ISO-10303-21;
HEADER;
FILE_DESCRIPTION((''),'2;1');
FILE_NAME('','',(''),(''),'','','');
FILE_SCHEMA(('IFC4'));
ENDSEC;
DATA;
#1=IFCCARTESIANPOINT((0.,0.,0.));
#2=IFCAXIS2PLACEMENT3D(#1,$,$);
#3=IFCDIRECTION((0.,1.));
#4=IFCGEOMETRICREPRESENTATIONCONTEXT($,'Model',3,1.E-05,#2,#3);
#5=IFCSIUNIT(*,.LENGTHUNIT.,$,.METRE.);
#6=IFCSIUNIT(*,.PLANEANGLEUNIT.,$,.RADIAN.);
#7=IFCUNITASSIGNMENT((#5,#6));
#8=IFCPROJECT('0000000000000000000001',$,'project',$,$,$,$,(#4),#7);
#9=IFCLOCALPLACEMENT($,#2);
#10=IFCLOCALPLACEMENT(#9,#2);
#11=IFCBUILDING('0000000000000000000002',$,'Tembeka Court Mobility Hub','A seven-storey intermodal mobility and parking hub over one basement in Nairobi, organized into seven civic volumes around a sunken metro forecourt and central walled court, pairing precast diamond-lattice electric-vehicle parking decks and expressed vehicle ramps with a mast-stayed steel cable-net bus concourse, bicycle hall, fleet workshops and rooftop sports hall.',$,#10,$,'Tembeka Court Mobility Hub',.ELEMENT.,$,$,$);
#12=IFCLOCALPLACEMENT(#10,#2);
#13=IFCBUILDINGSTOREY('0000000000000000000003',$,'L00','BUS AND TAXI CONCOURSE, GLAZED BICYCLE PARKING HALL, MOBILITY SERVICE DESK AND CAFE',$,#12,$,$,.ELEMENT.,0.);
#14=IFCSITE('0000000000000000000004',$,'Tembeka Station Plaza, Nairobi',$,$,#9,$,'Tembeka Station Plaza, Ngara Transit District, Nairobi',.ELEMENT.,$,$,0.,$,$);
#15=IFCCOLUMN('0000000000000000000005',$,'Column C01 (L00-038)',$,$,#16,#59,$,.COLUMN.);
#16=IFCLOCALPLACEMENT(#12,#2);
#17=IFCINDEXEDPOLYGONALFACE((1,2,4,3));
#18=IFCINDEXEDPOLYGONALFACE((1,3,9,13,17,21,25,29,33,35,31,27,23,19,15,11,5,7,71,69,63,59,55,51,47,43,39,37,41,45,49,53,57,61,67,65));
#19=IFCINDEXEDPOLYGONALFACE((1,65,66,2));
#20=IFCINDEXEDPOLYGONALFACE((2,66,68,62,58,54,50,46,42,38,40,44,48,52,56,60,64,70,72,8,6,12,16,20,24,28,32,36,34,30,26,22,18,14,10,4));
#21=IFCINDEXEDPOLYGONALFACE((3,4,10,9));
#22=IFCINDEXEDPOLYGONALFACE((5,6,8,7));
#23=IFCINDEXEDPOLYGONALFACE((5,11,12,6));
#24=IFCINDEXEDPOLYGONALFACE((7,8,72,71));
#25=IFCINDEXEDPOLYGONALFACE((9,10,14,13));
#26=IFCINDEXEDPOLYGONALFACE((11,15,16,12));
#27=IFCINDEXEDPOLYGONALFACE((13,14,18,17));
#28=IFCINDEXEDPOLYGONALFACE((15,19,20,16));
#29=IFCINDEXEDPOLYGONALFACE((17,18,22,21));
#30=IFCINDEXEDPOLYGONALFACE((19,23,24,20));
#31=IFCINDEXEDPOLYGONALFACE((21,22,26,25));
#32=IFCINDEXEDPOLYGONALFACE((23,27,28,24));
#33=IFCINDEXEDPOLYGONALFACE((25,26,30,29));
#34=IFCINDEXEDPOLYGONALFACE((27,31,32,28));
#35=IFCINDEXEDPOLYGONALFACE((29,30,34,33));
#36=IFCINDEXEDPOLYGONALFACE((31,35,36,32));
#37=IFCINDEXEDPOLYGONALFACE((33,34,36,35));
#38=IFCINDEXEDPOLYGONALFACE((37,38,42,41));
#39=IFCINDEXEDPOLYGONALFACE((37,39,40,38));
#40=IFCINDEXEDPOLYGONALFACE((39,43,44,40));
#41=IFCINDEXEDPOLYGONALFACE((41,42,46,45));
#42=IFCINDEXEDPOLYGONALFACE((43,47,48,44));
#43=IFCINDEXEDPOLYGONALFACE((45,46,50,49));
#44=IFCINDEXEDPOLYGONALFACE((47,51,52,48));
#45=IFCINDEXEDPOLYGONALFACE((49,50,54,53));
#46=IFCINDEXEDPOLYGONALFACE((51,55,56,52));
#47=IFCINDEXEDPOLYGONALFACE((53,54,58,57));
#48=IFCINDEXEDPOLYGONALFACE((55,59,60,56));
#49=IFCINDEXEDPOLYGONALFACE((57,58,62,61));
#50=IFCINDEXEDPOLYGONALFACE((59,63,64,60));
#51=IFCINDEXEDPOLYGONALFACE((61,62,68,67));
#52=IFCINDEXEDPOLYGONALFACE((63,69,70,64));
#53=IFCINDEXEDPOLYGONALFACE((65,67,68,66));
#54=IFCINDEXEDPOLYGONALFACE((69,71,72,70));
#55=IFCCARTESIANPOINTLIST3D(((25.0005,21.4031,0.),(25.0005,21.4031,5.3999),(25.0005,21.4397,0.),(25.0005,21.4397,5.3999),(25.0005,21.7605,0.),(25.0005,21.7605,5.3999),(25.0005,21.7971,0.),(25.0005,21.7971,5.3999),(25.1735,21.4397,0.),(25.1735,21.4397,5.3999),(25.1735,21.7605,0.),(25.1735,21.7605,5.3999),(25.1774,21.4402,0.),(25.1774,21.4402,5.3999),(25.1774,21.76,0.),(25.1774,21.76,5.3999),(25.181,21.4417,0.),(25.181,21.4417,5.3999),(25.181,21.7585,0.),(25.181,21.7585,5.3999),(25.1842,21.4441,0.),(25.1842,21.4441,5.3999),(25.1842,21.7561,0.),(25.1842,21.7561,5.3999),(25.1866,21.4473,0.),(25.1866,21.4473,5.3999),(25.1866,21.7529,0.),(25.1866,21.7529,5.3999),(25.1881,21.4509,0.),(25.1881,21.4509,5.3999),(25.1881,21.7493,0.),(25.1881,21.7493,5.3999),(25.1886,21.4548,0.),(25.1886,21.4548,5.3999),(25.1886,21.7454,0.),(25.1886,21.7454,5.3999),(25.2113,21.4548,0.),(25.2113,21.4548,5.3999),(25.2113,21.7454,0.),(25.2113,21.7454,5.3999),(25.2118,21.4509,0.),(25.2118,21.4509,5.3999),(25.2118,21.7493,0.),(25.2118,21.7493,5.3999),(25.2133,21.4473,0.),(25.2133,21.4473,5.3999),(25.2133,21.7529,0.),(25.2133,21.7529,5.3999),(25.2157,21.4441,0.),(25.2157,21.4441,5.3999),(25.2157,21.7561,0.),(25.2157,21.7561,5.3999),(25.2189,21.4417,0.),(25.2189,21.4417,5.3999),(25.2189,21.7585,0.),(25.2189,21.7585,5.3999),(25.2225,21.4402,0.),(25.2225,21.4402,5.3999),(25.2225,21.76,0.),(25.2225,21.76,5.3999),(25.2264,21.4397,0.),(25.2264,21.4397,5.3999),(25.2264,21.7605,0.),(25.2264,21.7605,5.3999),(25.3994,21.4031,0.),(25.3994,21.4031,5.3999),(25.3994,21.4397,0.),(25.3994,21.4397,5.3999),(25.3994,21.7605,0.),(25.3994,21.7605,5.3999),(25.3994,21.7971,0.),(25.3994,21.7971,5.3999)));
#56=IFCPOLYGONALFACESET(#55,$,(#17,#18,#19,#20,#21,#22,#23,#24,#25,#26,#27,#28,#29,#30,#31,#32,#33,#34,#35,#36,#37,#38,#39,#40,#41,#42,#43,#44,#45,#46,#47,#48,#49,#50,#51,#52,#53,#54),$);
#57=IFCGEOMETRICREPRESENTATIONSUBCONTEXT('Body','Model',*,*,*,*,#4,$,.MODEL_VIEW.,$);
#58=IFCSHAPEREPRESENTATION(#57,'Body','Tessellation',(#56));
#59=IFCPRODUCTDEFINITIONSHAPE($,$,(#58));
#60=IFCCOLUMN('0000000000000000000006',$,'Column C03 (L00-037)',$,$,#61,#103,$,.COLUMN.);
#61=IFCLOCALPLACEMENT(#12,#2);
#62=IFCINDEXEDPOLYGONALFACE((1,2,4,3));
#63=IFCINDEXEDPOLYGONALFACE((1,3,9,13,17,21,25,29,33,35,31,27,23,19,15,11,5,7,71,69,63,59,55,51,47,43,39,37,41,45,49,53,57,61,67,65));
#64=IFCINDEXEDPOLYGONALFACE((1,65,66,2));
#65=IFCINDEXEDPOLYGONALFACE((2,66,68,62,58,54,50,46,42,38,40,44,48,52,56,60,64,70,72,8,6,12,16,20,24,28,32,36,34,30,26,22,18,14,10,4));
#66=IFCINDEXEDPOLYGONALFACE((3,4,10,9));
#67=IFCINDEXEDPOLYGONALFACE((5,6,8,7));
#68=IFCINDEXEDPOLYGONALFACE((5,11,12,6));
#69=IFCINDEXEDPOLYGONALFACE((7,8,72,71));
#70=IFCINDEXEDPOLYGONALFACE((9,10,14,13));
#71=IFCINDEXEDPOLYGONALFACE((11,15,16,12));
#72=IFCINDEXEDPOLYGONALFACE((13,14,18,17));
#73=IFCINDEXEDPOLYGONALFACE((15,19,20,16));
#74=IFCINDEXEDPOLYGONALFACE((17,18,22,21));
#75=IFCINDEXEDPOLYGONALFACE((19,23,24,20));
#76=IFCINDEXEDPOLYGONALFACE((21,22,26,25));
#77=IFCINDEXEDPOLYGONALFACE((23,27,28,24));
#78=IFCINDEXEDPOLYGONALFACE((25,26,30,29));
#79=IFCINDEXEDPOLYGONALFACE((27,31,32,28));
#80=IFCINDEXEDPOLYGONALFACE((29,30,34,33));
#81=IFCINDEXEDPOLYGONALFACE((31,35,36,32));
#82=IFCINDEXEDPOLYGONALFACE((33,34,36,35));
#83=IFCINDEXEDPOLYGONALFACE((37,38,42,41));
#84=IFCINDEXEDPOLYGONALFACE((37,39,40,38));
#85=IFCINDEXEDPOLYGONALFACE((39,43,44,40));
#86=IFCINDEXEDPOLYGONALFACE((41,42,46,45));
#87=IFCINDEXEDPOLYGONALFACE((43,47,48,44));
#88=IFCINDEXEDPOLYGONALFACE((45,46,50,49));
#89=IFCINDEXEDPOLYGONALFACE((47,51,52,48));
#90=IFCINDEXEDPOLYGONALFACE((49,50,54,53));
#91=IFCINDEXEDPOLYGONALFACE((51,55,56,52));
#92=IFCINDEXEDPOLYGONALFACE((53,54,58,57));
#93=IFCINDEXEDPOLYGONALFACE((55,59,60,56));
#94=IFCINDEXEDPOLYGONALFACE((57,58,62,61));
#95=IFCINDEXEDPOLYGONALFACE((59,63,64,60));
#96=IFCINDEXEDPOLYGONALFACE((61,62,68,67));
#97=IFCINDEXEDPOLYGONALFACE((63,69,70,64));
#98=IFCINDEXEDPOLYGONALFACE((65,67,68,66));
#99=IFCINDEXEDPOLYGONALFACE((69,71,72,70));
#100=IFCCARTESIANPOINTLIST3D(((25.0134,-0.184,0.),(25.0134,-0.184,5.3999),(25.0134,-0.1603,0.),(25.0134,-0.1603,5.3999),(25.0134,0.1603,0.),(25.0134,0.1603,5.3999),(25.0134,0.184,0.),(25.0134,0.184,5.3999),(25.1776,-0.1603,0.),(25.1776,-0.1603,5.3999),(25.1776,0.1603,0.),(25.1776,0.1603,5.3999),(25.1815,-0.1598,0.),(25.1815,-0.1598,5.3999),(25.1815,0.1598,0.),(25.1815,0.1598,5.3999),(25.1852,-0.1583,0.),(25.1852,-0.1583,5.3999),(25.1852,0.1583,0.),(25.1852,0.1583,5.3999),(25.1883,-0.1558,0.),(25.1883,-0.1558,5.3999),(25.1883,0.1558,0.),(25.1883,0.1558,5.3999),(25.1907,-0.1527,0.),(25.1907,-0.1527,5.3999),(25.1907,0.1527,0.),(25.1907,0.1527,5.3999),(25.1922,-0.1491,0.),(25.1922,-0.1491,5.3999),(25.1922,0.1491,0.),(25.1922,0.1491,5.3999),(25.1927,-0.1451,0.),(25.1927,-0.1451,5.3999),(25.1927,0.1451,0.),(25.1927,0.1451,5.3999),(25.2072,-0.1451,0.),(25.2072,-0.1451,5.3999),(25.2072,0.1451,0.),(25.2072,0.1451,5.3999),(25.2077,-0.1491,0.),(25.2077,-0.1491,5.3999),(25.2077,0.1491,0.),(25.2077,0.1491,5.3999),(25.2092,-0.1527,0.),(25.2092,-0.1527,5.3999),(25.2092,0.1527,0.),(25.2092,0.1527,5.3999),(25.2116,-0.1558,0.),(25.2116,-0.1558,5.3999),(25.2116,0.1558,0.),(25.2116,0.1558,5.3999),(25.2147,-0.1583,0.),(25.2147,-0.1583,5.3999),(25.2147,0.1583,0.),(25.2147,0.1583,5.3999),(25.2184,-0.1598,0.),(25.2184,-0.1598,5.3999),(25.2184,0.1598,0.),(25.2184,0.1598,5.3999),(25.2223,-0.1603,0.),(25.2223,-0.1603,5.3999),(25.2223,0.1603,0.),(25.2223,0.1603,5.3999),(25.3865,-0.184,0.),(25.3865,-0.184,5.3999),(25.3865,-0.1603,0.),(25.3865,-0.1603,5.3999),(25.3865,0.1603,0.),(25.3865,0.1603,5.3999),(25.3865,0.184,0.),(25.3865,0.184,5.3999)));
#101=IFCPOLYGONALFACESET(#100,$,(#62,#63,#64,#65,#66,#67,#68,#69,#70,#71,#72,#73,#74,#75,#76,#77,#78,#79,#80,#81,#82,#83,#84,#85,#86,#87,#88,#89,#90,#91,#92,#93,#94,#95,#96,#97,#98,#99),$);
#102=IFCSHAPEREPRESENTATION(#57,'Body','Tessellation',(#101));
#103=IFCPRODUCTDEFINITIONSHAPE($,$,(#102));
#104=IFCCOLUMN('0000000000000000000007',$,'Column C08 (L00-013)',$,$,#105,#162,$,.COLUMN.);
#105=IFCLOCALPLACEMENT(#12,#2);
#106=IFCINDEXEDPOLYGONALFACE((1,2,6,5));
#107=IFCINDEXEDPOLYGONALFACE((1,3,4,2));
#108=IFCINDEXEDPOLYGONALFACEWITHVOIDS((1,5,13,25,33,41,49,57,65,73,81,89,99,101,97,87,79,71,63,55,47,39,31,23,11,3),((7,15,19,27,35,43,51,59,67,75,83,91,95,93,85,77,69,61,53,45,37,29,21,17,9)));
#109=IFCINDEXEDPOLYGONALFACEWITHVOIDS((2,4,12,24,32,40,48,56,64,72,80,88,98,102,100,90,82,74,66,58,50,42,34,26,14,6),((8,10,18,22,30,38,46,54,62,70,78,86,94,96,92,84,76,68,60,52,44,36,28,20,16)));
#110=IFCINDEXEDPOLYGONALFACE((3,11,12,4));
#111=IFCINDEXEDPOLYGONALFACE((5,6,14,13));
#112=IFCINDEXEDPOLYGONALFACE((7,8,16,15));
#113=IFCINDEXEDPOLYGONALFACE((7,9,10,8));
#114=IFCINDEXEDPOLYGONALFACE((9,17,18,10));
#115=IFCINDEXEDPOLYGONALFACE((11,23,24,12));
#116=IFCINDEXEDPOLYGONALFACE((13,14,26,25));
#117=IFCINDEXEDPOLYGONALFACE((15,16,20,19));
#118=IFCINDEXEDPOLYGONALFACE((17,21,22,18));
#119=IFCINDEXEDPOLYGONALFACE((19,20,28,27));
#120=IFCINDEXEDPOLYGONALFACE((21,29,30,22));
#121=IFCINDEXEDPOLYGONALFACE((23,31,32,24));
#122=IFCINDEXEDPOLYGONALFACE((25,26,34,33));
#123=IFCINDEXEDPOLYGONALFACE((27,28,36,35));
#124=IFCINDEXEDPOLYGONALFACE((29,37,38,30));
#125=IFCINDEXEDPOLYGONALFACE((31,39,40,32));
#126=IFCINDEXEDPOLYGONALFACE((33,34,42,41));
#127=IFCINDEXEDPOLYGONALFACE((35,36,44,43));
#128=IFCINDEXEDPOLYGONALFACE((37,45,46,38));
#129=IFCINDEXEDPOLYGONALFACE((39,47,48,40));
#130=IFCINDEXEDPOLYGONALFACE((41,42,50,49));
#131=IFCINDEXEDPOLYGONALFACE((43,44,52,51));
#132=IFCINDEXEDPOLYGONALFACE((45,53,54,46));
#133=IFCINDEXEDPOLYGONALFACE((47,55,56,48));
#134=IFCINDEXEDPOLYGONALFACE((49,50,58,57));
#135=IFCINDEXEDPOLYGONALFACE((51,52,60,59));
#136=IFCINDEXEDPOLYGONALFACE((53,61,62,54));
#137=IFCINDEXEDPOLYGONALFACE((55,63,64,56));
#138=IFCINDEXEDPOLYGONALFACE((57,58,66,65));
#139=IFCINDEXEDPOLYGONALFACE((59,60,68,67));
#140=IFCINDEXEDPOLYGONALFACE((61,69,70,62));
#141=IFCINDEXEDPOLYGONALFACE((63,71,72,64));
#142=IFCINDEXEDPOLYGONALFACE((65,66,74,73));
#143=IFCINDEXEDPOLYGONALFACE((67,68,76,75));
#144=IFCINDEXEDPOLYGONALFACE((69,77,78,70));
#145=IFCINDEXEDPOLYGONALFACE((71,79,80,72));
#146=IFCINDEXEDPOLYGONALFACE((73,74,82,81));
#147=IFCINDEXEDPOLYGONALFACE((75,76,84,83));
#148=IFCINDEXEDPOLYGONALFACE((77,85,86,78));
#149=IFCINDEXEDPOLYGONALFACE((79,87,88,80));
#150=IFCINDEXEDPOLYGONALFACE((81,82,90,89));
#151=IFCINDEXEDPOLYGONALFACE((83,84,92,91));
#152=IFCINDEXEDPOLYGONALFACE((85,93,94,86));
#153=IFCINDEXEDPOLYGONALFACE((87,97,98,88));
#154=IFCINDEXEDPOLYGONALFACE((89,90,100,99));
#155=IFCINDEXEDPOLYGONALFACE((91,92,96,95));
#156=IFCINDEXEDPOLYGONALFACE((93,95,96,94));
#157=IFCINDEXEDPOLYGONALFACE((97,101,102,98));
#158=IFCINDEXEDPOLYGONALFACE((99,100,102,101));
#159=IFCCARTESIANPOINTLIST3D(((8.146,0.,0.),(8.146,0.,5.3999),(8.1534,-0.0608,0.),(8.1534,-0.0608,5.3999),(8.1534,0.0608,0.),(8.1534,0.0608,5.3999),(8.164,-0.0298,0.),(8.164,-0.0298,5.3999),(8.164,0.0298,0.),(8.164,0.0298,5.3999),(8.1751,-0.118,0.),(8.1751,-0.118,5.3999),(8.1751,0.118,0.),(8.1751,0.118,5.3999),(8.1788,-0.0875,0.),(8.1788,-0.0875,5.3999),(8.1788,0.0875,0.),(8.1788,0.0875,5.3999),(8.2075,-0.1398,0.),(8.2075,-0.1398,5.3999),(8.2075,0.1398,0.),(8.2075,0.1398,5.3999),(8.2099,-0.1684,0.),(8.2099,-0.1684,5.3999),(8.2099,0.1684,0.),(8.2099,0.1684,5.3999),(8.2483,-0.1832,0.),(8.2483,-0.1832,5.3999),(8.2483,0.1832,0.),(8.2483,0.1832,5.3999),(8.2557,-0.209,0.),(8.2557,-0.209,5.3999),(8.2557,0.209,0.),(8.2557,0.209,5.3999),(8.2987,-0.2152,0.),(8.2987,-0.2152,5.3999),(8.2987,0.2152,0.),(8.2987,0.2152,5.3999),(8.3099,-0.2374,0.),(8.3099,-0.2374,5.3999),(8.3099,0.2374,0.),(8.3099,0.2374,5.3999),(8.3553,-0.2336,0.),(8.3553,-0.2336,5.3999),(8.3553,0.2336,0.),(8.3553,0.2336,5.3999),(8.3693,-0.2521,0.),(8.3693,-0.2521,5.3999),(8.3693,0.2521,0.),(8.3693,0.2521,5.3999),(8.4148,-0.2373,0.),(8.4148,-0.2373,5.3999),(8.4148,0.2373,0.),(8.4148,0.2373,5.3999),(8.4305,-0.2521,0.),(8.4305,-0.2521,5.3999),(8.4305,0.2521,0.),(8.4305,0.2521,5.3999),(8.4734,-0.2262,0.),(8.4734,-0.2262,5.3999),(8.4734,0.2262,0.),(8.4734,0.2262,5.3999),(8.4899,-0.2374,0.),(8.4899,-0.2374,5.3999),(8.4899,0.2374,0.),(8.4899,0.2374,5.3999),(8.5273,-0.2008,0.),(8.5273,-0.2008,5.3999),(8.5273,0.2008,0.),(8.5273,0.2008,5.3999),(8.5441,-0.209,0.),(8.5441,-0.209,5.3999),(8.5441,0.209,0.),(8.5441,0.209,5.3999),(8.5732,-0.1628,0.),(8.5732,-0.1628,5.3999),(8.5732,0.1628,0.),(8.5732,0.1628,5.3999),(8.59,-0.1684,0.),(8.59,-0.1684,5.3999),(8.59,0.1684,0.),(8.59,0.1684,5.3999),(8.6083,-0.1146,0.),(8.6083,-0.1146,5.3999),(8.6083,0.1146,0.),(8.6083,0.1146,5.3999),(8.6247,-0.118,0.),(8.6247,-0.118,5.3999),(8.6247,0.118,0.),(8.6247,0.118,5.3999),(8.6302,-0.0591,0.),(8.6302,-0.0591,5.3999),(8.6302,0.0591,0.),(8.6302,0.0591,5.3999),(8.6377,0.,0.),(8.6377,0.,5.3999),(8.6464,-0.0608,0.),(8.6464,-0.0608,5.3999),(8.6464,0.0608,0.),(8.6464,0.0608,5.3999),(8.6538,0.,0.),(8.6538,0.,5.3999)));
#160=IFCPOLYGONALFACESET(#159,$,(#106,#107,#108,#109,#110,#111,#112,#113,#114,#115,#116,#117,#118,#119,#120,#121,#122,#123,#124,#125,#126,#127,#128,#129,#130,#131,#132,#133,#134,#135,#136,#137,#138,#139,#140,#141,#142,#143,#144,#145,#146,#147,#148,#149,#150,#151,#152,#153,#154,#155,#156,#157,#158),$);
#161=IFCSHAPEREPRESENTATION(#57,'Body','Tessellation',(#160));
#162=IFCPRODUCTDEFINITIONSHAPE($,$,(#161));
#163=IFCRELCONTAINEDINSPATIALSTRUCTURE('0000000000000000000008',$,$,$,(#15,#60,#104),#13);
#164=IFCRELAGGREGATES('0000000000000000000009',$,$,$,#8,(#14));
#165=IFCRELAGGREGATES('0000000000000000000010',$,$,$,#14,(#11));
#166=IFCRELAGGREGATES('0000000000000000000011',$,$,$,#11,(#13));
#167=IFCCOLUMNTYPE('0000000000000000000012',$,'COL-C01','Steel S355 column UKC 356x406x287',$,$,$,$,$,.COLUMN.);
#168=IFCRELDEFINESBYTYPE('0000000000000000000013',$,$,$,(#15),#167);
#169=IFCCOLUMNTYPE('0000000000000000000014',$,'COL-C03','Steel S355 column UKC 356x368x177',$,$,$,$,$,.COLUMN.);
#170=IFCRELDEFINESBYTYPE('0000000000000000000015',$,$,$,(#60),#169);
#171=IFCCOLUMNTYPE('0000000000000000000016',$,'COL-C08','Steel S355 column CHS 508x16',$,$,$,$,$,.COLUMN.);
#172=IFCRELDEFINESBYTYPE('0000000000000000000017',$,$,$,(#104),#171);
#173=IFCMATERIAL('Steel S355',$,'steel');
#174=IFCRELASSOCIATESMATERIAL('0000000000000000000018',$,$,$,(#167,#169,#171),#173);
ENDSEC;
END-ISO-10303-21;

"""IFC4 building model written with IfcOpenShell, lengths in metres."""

from ifc_helpers import new_model, si_unit, direction, frame, origin, origin_2d, place, context, subcontext, project, spatial, hollow_circle, i_section, extrude, material, material_profile, profile_set, type_object, element, save


model = new_model("IFC4")

# Units and contexts
model_context = context("Model", 3, precision=1e-05, world=origin(), true_north=direction((0.0, 1.0)))
body_context = subcontext(model_context, "Body", "Model", "MODEL_VIEW")
ifc_project = project(units=[si_unit("LENGTHUNIT", "METRE"), si_unit("PLANEANGLEUNIT", "RADIAN")], contexts=[model_context])

# Site, building, storey
site_placement = place(None, origin())
site = spatial("IfcSite", under=ifc_project, at=site_placement, Name="Tembeka Station Plaza, Nairobi", LongName="Tembeka Station Plaza, Ngara Transit District, Nairobi", CompositionType="ELEMENT", RefElevation=0.0)
building_placement = place(site_placement, origin())
building = spatial("IfcBuilding", under=site, at=building_placement, Name="Tembeka Court Mobility Hub", Description="A seven-storey intermodal mobility and parking hub over one basement in Nairobi, organized into seven civic volumes around a sunken metro forecourt and central walled court, pairing precast diamond-lattice electric-vehicle parking decks and expressed vehicle ramps with a mast-stayed steel cable-net bus concourse, bicycle hall, fleet workshops and rooftop sports hall.", LongName="Tembeka Court Mobility Hub", CompositionType="ELEMENT")
storey_placement = place(building_placement, origin())
storey = spatial("IfcBuildingStorey", under=building, at=storey_placement, Name="L00", Description="BUS AND TAXI CONCOURSE, GLAZED BICYCLE PARKING HALL, MOBILITY SERVICE DESK AND CAFE", CompositionType="ELEMENT", Elevation=0.0)

# Columns
ifc_material_1 = material(Name="Steel S355", Category="steel")
ifc_material_profile_1 = material_profile(ifc_material_1, i_section(OverallWidth=0.3989, OverallDepth=0.394, WebThickness=0.0227, FlangeThickness=0.0366, FilletRadius=0.0151, at=origin_2d()), Name="UKC 356x406x287")
ifc_profile_set_1 = profile_set([ifc_material_profile_1], Name="Steel S355")
column_type_1 = type_object("IfcColumnType", Name="COL-C01", Description="Steel S355 column UKC 356x406x287", PredefinedType="COLUMN", material=ifc_profile_set_1)
column_1_placement = place(storey_placement, frame((25.2, 21.6001, 0.0), z_axis=(0.0, 0.0, 1.0), x_axis=(1.0, 0.0, 0.0)))
element("IfcColumn", 1, at=column_1_placement, inside=storey, type_object=column_type_1, Name="Column C01 (L00-038)", PredefinedType="COLUMN", context=body_context, shape_type="SweptSolid", body=[
    extrude(i_section(OverallWidth=0.3989, OverallDepth=0.394, WebThickness=0.0227, FlangeThickness=0.0366, FilletRadius=0.0151, at=origin_2d()), origin(), (0.0, 0.0, 1.0), 5.3999),
])
ifc_material_profile_2 = material_profile(ifc_material_1, i_section(OverallWidth=0.373, OverallDepth=0.3679, WebThickness=0.0144, FlangeThickness=0.0237, FilletRadius=0.0151, at=origin_2d()), Name="UKC 356x368x177")
ifc_profile_set_2 = profile_set([ifc_material_profile_2], Name="Steel S355")
column_type_2 = type_object("IfcColumnType", Name="COL-C03", Description="Steel S355 column UKC 356x368x177", PredefinedType="COLUMN", material=ifc_profile_set_2)
column_2_placement = place(storey_placement, frame((25.2, 0.0, 0.0), z_axis=(0.0, 0.0, 1.0), x_axis=(1.0, 0.0, 0.0)))
element("IfcColumn", 2, at=column_2_placement, inside=storey, type_object=column_type_2, Name="Column C03 (L00-037)", PredefinedType="COLUMN", context=body_context, shape_type="SweptSolid", body=[
    extrude(i_section(OverallWidth=0.373, OverallDepth=0.3679, WebThickness=0.0144, FlangeThickness=0.0237, FilletRadius=0.0151, at=origin_2d()), origin(), (0.0, 0.0, 1.0), 5.3999),
])
ifc_material_profile_3 = material_profile(ifc_material_1, hollow_circle(Radius=0.2539, WallThickness=0.0161, at=origin_2d()), Name="CHS 508x16")
ifc_profile_set_3 = profile_set([ifc_material_profile_3], Name="Steel S355")
column_type_3 = type_object("IfcColumnType", Name="COL-C08", Description="Steel S355 column CHS 508x16", PredefinedType="COLUMN", material=ifc_profile_set_3)
for number, where, z_axis, x_axis, name in (
    (3, (8.3999, 0.0, 0.0), (0.0, 0.0, 1.0), (1.0, 0.0, 0.0), "Column C08 (L00-013)"),
):
    element("IfcColumn", number, at=place(storey_placement, frame(where, z_axis=z_axis, x_axis=x_axis)), inside=storey, type_object=column_type_3, Name=name, PredefinedType="COLUMN", context=body_context, shape_type="SweptSolid", body=[
        extrude(hollow_circle(Radius=0.2539, WallThickness=0.0161, at=origin_2d()), origin(), (0.0, 0.0, 1.0), 5.3999),
    ])

save(model, "model.ifc")
